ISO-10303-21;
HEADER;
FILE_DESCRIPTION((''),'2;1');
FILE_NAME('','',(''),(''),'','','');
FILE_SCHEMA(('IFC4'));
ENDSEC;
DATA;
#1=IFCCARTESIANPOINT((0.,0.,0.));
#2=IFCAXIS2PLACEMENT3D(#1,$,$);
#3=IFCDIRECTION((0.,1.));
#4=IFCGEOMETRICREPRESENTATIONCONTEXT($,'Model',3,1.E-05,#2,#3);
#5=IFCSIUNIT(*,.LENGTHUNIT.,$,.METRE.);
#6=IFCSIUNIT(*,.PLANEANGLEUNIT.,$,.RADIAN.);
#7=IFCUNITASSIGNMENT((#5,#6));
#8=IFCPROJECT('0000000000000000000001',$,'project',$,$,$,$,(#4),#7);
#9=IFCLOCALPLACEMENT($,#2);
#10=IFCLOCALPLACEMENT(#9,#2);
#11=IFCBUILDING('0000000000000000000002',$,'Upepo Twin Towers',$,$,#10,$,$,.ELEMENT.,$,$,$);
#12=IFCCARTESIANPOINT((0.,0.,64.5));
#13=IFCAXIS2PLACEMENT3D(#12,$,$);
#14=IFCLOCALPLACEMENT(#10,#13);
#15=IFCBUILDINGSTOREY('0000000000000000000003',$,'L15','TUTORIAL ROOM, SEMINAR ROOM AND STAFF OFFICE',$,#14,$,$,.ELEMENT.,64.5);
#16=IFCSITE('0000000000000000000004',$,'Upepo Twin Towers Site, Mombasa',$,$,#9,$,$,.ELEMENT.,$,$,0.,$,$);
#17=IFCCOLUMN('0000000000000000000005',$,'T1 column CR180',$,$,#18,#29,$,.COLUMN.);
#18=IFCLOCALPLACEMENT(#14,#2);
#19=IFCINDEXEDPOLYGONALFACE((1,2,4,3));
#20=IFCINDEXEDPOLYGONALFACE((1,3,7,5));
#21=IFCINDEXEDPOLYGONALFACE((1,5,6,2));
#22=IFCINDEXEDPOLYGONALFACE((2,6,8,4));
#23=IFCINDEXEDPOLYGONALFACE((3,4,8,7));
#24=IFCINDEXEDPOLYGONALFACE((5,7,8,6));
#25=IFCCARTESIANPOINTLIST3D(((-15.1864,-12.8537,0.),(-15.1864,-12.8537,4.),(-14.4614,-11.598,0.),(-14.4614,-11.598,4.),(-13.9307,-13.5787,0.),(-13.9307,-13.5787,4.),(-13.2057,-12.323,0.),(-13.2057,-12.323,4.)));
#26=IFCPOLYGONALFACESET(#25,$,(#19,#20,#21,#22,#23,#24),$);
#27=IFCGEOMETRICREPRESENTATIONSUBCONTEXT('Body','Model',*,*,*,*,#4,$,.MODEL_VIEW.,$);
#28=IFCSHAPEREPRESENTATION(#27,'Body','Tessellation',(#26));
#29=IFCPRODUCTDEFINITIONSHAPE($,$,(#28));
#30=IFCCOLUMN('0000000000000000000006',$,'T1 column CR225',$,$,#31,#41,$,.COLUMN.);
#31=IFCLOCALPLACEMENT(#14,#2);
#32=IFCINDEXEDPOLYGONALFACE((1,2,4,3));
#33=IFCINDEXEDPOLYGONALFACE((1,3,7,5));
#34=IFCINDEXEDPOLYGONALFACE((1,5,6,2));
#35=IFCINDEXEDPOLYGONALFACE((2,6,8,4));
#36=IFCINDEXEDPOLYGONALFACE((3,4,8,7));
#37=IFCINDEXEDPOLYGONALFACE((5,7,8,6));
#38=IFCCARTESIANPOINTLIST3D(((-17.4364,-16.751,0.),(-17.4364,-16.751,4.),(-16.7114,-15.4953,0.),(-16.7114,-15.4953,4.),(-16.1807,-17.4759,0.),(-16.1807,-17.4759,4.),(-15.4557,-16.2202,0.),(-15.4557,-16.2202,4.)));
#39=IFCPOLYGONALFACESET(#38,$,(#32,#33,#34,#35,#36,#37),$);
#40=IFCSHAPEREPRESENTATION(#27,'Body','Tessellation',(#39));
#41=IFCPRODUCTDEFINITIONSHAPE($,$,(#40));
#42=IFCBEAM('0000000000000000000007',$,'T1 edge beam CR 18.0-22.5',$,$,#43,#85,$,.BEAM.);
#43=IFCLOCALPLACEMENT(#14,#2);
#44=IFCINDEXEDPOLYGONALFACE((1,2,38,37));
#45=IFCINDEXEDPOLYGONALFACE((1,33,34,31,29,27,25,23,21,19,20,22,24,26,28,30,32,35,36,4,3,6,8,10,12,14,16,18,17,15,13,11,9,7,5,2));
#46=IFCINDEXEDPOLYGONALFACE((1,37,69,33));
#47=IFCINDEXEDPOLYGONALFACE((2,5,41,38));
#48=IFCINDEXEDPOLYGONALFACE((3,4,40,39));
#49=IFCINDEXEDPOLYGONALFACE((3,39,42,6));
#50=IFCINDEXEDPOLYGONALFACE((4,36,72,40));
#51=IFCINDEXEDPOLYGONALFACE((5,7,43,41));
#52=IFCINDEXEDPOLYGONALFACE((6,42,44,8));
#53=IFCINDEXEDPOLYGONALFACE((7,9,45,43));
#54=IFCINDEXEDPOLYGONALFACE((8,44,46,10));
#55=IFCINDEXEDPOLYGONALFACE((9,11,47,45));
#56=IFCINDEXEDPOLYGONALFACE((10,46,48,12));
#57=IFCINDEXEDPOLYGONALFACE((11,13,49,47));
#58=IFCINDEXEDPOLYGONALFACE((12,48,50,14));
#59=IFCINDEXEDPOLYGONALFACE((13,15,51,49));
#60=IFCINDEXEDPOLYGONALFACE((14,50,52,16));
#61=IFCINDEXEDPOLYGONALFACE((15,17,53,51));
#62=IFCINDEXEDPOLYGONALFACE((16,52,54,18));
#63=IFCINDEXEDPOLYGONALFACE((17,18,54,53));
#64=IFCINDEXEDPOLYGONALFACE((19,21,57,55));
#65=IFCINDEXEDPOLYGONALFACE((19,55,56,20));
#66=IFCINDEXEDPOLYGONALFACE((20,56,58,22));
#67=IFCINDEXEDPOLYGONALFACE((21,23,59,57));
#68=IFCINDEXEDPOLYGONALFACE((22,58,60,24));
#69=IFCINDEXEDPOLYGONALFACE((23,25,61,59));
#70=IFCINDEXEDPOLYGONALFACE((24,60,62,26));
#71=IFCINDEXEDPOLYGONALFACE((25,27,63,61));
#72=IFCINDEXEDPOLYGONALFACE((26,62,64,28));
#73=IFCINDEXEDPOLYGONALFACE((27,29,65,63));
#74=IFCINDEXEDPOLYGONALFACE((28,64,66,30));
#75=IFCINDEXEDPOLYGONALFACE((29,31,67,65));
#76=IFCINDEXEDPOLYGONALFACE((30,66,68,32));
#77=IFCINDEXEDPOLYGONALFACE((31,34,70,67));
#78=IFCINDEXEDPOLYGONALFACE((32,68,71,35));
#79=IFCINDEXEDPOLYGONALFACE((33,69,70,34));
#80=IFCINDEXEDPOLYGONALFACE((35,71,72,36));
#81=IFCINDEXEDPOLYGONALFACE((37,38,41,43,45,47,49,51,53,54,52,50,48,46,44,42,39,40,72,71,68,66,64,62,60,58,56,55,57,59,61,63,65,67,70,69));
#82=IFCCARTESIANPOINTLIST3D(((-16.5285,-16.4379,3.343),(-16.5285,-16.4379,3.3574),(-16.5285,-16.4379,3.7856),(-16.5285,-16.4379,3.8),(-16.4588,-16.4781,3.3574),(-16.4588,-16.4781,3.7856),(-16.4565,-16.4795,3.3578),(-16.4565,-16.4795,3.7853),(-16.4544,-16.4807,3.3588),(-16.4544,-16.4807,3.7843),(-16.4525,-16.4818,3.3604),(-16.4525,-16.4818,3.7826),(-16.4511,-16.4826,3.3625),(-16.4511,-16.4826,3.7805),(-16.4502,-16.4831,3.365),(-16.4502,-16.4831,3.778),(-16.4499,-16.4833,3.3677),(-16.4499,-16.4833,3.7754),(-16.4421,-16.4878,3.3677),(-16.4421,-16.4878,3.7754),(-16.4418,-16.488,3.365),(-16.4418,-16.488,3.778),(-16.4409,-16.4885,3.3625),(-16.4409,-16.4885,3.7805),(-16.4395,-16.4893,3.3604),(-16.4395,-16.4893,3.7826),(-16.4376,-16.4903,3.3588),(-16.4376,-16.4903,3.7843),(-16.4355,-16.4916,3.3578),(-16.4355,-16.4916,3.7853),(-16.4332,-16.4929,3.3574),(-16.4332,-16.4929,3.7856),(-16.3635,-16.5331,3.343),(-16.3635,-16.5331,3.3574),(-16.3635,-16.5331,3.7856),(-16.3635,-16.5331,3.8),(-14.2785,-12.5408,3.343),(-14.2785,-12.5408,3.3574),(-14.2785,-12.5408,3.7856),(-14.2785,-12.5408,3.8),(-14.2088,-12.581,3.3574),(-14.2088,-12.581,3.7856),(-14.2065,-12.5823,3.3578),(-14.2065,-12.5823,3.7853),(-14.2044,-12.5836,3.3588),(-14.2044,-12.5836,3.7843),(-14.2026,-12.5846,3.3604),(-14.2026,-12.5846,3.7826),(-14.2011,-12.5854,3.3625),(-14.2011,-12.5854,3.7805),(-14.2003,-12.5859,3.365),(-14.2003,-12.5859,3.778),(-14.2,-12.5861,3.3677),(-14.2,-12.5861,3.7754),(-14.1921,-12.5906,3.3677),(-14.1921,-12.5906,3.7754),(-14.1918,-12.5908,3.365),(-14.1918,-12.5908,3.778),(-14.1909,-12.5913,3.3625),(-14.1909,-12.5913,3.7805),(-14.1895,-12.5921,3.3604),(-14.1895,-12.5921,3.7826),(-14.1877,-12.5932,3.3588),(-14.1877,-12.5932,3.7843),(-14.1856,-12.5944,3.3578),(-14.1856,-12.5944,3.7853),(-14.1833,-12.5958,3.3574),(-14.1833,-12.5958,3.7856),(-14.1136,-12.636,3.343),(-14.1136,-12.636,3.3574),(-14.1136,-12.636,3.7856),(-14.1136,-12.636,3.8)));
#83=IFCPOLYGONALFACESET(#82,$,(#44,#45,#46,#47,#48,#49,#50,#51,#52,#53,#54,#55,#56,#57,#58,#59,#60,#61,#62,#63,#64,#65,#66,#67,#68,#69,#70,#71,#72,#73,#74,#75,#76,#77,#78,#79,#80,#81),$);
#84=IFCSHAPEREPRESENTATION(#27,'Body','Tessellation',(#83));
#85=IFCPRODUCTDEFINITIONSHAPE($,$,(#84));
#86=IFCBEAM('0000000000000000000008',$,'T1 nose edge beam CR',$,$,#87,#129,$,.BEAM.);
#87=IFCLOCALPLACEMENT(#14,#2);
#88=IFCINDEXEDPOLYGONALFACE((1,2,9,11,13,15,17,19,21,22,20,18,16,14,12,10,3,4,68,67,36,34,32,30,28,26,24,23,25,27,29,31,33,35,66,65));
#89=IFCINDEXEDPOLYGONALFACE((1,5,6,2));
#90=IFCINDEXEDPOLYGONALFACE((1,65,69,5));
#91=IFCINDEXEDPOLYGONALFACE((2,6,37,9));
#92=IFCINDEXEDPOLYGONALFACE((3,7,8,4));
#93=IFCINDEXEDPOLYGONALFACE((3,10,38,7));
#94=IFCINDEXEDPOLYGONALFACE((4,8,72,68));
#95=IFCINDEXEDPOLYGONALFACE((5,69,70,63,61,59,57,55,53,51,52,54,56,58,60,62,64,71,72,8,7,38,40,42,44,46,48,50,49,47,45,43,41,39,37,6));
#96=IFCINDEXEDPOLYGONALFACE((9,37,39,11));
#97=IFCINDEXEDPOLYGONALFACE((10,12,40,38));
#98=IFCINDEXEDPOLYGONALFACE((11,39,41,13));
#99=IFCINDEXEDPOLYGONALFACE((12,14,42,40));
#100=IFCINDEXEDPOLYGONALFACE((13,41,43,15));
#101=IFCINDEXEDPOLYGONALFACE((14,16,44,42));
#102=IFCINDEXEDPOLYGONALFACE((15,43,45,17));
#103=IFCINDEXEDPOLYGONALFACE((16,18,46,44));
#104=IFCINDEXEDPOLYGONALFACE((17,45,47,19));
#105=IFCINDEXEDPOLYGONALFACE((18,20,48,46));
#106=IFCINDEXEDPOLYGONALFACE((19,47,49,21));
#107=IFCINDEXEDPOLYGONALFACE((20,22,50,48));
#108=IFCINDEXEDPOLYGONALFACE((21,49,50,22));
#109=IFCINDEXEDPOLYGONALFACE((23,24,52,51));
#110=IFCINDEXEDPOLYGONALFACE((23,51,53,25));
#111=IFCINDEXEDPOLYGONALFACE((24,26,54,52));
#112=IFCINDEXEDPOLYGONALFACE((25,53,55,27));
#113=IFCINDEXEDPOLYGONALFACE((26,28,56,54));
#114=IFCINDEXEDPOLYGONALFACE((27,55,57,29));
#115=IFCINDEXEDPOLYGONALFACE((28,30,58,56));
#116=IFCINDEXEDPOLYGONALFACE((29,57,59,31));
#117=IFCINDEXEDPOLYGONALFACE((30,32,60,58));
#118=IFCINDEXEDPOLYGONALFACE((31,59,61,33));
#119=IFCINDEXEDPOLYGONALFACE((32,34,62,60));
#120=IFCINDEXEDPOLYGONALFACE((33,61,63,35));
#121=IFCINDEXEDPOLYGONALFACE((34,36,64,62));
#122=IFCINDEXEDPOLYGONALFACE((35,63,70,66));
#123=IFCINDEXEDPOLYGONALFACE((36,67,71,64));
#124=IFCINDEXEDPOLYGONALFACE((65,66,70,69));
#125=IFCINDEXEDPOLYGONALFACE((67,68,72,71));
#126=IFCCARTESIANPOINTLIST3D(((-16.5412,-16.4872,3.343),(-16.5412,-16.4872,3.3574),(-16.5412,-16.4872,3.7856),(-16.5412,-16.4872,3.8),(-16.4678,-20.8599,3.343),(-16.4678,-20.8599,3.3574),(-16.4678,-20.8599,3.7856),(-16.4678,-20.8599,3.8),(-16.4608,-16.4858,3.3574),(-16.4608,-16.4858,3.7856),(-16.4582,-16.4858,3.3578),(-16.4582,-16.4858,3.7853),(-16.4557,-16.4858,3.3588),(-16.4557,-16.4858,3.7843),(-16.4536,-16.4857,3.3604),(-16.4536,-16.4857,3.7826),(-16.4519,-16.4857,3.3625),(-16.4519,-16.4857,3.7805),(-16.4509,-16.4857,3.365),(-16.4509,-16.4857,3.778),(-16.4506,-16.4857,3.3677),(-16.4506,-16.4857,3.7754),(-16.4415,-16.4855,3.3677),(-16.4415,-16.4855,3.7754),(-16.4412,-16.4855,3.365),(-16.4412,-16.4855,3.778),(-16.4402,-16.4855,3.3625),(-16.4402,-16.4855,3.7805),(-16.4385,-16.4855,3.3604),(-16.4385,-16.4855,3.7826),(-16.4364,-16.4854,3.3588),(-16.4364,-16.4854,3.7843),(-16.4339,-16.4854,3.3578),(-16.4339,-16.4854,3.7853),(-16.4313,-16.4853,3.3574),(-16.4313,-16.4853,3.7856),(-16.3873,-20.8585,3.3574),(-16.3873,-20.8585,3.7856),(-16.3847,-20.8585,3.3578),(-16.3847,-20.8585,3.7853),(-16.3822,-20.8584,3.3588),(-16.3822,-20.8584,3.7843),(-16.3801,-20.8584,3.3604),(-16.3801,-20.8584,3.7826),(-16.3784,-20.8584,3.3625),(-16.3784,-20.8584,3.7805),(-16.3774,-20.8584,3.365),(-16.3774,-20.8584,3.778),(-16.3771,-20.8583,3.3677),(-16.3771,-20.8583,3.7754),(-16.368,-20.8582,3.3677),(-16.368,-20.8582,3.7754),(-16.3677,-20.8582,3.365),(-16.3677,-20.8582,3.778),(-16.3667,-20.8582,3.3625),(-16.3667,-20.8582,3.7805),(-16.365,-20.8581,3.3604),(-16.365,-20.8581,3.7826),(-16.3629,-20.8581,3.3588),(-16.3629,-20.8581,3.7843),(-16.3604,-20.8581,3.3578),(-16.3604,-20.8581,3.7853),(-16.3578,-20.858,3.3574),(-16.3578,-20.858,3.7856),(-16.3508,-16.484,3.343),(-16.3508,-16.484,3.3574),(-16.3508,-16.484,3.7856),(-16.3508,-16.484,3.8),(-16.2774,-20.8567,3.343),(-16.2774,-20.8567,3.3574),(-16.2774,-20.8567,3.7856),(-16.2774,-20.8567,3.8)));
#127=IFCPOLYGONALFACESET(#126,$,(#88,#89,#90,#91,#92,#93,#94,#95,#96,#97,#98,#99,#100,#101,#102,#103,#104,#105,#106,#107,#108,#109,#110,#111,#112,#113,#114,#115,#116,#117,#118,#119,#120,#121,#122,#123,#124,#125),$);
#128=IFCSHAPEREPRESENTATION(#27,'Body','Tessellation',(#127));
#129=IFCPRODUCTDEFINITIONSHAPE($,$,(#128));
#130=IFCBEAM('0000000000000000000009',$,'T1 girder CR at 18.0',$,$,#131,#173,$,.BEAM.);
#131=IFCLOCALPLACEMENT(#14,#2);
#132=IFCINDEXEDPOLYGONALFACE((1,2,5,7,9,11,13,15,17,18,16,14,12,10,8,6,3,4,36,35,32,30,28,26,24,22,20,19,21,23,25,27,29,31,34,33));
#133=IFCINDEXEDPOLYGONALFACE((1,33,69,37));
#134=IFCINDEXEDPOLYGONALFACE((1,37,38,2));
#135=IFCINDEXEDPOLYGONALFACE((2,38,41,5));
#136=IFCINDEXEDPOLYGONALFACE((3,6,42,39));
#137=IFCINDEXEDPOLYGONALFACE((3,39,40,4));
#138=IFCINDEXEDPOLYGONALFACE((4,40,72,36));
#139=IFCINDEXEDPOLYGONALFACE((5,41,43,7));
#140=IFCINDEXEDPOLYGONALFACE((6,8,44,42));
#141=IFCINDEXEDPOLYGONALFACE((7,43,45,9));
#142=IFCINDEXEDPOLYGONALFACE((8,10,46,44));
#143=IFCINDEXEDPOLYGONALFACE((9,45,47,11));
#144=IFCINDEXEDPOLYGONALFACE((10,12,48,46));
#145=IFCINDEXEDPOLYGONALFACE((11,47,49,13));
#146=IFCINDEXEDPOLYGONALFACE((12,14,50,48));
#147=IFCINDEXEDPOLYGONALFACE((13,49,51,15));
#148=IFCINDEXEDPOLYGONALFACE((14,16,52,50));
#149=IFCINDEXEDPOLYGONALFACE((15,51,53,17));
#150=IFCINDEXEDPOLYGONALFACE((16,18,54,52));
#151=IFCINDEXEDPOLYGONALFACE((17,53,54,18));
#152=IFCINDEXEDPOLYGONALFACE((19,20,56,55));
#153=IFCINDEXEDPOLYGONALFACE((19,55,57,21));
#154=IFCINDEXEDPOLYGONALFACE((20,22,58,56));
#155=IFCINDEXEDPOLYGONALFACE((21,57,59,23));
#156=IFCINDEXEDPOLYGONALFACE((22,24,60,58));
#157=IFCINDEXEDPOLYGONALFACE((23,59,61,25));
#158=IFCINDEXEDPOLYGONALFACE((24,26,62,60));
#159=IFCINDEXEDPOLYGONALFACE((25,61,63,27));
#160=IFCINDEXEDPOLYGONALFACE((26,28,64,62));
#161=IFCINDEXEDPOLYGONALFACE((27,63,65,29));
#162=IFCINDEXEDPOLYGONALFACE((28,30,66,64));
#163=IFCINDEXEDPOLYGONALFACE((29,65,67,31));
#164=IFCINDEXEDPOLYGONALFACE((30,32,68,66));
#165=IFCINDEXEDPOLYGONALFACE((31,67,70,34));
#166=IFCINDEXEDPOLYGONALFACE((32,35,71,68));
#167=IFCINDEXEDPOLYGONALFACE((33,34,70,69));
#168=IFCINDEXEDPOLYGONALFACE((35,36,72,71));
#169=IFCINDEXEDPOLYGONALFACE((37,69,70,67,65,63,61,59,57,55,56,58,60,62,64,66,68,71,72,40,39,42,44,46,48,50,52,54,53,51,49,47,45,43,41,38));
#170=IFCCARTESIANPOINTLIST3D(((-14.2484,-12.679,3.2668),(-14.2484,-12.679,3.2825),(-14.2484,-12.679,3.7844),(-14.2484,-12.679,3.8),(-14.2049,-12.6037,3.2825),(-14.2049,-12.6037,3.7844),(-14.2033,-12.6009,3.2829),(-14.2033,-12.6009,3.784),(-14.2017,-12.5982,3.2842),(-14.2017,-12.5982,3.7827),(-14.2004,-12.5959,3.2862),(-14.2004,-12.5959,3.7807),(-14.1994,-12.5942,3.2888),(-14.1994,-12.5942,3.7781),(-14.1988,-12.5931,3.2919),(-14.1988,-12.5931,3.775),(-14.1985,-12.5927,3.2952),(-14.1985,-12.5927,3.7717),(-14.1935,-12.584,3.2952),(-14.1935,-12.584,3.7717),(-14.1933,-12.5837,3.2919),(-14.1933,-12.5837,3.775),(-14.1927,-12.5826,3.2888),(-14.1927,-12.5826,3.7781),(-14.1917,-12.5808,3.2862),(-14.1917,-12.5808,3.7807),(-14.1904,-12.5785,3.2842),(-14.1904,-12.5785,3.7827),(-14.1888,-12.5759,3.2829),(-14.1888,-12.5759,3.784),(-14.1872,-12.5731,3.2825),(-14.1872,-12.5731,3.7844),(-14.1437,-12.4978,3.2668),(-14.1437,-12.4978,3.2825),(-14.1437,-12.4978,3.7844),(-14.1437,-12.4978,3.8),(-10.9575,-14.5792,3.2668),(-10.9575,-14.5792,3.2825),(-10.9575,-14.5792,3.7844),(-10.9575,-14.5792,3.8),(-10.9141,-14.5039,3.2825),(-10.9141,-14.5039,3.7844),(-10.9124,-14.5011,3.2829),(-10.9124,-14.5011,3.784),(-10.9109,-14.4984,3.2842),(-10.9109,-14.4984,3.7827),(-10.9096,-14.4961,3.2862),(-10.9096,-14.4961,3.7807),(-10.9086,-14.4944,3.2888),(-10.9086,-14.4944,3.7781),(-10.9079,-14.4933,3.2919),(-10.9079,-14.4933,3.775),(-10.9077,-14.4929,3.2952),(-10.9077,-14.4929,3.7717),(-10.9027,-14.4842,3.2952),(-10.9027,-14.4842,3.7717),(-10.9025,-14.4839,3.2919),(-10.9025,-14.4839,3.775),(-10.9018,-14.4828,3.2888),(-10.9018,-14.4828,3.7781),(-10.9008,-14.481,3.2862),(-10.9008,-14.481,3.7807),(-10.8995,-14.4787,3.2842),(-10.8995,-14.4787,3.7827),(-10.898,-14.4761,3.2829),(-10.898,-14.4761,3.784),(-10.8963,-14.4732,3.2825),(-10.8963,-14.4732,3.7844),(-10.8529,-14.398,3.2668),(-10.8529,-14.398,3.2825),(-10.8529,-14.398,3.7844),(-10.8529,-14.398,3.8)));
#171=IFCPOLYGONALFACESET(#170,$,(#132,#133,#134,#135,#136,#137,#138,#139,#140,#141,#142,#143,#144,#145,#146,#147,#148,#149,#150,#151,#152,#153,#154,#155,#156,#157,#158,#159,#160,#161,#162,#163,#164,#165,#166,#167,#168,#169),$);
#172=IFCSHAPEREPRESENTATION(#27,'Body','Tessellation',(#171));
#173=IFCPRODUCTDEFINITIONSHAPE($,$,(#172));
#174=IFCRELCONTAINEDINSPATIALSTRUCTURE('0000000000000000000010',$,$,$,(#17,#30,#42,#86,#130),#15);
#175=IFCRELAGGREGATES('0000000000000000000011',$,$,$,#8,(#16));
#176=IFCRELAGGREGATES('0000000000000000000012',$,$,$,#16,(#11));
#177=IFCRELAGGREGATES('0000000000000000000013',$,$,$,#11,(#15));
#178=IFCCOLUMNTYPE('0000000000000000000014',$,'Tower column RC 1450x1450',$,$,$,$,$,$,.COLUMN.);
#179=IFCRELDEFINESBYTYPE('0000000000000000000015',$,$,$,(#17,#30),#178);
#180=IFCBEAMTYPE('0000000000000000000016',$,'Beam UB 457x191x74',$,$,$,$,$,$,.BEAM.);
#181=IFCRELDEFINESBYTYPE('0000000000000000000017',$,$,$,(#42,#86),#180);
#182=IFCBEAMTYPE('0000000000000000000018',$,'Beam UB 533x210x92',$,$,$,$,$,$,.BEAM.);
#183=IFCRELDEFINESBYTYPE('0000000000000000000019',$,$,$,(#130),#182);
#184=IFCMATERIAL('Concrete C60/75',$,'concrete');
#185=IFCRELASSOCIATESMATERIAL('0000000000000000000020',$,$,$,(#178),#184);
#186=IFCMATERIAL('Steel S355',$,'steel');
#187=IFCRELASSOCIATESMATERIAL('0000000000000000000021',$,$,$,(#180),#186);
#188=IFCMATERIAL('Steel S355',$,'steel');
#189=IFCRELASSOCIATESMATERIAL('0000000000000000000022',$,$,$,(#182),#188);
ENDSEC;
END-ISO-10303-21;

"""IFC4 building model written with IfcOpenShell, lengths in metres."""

from ifc_helpers import new_model, si_unit, direction, frame, origin, origin_2d, place, context, subcontext, project, spatial, rectangle, i_section, extrude, material, material_profile, profile_set, type_object, element, save


model = new_model("IFC4")

# Units and contexts
model_context = context("Model", 3, precision=1e-05, world=origin(), true_north=direction((0.0, 1.0)))
body_context = subcontext(model_context, "Body", "Model", "MODEL_VIEW")
ifc_project = project(units=[si_unit("LENGTHUNIT", "METRE"), si_unit("PLANEANGLEUNIT", "RADIAN")], contexts=[model_context])

# Site, building, storey
site_placement = place(None, origin())
site = spatial("IfcSite", under=ifc_project, at=site_placement, Name="Upepo Twin Towers Site, Mombasa", CompositionType="ELEMENT", RefElevation=0.0)
building_placement = place(site_placement, origin())
building = spatial("IfcBuilding", under=site, at=building_placement, Name="Upepo Twin Towers", CompositionType="ELEMENT")
storey_placement = place(building_placement, frame((0.0, 0.0, 64.5)))
storey = spatial("IfcBuildingStorey", under=building, at=storey_placement, Name="L15", Description="TUTORIAL ROOM, SEMINAR ROOM AND STAFF OFFICE", CompositionType="ELEMENT", Elevation=64.5)

# Columns
ifc_material_1 = material(Name="Concrete C60/75", Category="concrete")
ifc_material_profile_1 = material_profile(ifc_material_1, rectangle(XDim=1.45, YDim=1.45, at=origin_2d()), Name="RC 1450x1450")
ifc_profile_set_1 = profile_set([ifc_material_profile_1], Name="Concrete C60/75")
column_type = type_object("IfcColumnType", Name="Tower column RC 1450x1450", PredefinedType="COLUMN", material=ifc_profile_set_1)
for number, where, z_axis, x_axis, name in (
    (1, (-14.196, -12.5884, 0.0), (0.0, 0.0, 1.0), (0.5, 0.866025, 0.0), "T1 column CR180"),
    (2, (-16.446, -16.4856, 0.0), (0.0, 0.0, 1.0), (0.5, 0.866025, 0.0), "T1 column CR225"),
):
    element("IfcColumn", number, at=place(storey_placement, frame(where, z_axis=z_axis, x_axis=x_axis)), inside=storey, type_object=column_type, Name=name, PredefinedType="COLUMN", context=body_context, shape_type="SweptSolid", body=[
        extrude(rectangle(XDim=1.45, YDim=1.45, at=origin_2d()), origin(), (0.0, 0.0, 1.0), 4.0),
    ])

# Beams
ifc_material_2 = material(Name="Steel S355", Category="steel")
ifc_material_profile_2 = material_profile(ifc_material_2, i_section(OverallWidth=0.1904, OverallDepth=0.457, WebThickness=0.009, FlangeThickness=0.0144, FilletRadius=0.0103, at=origin_2d()), Name="UB 457x191x74")
ifc_profile_set_2 = profile_set([ifc_material_profile_2], Name="Steel S355")
beam_type_1 = type_object("IfcBeamType", Name="Beam UB 457x191x74", PredefinedType="BEAM", material=ifc_profile_set_2)
beam_1_placement = place(storey_placement, frame((-14.196, -12.5884, 3.5715), z_axis=(-0.49999, -0.866031, 0.0), x_axis=(0.866031, -0.49999, 0.0)))
element("IfcBeam", 3, at=beam_1_placement, inside=storey, type_object=beam_type_1, Name="T1 edge beam CR 18.0-22.5", PredefinedType="BEAM", context=body_context, shape_type="SweptSolid", body=[
    extrude(i_section(OverallWidth=0.1904, OverallDepth=0.457, WebThickness=0.009, FlangeThickness=0.0144, FilletRadius=0.0103, at=origin_2d()), origin(), (0.0, 0.0, 1.0), 4.5),
])
beam_2_placement = place(storey_placement, frame((-16.446, -16.4856, 3.5715), z_axis=(0.016804, -0.999859, 0.0), x_axis=(0.999859, 0.016804, 0.0)))
element("IfcBeam", 4, at=beam_2_placement, inside=storey, type_object=beam_type_1, Name="T1 nose edge beam CR", PredefinedType="BEAM", context=body_context, shape_type="SweptSolid", body=[
    extrude(i_section(OverallWidth=0.1904, OverallDepth=0.457, WebThickness=0.009, FlangeThickness=0.0144, FilletRadius=0.0103, at=origin_2d()), origin(), (0.0, 0.0, 1.0), 4.3733),
])
ifc_material_3 = material(Name="Steel S355", Category="steel")
ifc_material_profile_3 = material_profile(ifc_material_3, i_section(OverallWidth=0.2092, OverallDepth=0.5332, WebThickness=0.01, FlangeThickness=0.0156, FilletRadius=0.0127, at=origin_2d()), Name="UB 533x210x92")
ifc_profile_set_3 = profile_set([ifc_material_profile_3], Name="Steel S355")
beam_type_2 = type_object("IfcBeamType", Name="Beam UB 533x210x92", PredefinedType="BEAM", material=ifc_profile_set_3)
beam_3_placement = place(storey_placement, frame((-14.196, -12.5884, 3.5334), z_axis=(0.866, -0.500043, 0.0), x_axis=(0.500043, 0.866, 0.0)))
element("IfcBeam", 5, at=beam_3_placement, inside=storey, type_object=beam_type_2, Name="T1 girder CR at 18.0", PredefinedType="BEAM", context=body_context, shape_type="SweptSolid", body=[
    extrude(i_section(OverallWidth=0.2092, OverallDepth=0.5332, WebThickness=0.01, FlangeThickness=0.0156, FilletRadius=0.0127, at=origin_2d()), origin(), (0.0, 0.0, 1.0), 3.8),
])

save(model, "model.ifc")
